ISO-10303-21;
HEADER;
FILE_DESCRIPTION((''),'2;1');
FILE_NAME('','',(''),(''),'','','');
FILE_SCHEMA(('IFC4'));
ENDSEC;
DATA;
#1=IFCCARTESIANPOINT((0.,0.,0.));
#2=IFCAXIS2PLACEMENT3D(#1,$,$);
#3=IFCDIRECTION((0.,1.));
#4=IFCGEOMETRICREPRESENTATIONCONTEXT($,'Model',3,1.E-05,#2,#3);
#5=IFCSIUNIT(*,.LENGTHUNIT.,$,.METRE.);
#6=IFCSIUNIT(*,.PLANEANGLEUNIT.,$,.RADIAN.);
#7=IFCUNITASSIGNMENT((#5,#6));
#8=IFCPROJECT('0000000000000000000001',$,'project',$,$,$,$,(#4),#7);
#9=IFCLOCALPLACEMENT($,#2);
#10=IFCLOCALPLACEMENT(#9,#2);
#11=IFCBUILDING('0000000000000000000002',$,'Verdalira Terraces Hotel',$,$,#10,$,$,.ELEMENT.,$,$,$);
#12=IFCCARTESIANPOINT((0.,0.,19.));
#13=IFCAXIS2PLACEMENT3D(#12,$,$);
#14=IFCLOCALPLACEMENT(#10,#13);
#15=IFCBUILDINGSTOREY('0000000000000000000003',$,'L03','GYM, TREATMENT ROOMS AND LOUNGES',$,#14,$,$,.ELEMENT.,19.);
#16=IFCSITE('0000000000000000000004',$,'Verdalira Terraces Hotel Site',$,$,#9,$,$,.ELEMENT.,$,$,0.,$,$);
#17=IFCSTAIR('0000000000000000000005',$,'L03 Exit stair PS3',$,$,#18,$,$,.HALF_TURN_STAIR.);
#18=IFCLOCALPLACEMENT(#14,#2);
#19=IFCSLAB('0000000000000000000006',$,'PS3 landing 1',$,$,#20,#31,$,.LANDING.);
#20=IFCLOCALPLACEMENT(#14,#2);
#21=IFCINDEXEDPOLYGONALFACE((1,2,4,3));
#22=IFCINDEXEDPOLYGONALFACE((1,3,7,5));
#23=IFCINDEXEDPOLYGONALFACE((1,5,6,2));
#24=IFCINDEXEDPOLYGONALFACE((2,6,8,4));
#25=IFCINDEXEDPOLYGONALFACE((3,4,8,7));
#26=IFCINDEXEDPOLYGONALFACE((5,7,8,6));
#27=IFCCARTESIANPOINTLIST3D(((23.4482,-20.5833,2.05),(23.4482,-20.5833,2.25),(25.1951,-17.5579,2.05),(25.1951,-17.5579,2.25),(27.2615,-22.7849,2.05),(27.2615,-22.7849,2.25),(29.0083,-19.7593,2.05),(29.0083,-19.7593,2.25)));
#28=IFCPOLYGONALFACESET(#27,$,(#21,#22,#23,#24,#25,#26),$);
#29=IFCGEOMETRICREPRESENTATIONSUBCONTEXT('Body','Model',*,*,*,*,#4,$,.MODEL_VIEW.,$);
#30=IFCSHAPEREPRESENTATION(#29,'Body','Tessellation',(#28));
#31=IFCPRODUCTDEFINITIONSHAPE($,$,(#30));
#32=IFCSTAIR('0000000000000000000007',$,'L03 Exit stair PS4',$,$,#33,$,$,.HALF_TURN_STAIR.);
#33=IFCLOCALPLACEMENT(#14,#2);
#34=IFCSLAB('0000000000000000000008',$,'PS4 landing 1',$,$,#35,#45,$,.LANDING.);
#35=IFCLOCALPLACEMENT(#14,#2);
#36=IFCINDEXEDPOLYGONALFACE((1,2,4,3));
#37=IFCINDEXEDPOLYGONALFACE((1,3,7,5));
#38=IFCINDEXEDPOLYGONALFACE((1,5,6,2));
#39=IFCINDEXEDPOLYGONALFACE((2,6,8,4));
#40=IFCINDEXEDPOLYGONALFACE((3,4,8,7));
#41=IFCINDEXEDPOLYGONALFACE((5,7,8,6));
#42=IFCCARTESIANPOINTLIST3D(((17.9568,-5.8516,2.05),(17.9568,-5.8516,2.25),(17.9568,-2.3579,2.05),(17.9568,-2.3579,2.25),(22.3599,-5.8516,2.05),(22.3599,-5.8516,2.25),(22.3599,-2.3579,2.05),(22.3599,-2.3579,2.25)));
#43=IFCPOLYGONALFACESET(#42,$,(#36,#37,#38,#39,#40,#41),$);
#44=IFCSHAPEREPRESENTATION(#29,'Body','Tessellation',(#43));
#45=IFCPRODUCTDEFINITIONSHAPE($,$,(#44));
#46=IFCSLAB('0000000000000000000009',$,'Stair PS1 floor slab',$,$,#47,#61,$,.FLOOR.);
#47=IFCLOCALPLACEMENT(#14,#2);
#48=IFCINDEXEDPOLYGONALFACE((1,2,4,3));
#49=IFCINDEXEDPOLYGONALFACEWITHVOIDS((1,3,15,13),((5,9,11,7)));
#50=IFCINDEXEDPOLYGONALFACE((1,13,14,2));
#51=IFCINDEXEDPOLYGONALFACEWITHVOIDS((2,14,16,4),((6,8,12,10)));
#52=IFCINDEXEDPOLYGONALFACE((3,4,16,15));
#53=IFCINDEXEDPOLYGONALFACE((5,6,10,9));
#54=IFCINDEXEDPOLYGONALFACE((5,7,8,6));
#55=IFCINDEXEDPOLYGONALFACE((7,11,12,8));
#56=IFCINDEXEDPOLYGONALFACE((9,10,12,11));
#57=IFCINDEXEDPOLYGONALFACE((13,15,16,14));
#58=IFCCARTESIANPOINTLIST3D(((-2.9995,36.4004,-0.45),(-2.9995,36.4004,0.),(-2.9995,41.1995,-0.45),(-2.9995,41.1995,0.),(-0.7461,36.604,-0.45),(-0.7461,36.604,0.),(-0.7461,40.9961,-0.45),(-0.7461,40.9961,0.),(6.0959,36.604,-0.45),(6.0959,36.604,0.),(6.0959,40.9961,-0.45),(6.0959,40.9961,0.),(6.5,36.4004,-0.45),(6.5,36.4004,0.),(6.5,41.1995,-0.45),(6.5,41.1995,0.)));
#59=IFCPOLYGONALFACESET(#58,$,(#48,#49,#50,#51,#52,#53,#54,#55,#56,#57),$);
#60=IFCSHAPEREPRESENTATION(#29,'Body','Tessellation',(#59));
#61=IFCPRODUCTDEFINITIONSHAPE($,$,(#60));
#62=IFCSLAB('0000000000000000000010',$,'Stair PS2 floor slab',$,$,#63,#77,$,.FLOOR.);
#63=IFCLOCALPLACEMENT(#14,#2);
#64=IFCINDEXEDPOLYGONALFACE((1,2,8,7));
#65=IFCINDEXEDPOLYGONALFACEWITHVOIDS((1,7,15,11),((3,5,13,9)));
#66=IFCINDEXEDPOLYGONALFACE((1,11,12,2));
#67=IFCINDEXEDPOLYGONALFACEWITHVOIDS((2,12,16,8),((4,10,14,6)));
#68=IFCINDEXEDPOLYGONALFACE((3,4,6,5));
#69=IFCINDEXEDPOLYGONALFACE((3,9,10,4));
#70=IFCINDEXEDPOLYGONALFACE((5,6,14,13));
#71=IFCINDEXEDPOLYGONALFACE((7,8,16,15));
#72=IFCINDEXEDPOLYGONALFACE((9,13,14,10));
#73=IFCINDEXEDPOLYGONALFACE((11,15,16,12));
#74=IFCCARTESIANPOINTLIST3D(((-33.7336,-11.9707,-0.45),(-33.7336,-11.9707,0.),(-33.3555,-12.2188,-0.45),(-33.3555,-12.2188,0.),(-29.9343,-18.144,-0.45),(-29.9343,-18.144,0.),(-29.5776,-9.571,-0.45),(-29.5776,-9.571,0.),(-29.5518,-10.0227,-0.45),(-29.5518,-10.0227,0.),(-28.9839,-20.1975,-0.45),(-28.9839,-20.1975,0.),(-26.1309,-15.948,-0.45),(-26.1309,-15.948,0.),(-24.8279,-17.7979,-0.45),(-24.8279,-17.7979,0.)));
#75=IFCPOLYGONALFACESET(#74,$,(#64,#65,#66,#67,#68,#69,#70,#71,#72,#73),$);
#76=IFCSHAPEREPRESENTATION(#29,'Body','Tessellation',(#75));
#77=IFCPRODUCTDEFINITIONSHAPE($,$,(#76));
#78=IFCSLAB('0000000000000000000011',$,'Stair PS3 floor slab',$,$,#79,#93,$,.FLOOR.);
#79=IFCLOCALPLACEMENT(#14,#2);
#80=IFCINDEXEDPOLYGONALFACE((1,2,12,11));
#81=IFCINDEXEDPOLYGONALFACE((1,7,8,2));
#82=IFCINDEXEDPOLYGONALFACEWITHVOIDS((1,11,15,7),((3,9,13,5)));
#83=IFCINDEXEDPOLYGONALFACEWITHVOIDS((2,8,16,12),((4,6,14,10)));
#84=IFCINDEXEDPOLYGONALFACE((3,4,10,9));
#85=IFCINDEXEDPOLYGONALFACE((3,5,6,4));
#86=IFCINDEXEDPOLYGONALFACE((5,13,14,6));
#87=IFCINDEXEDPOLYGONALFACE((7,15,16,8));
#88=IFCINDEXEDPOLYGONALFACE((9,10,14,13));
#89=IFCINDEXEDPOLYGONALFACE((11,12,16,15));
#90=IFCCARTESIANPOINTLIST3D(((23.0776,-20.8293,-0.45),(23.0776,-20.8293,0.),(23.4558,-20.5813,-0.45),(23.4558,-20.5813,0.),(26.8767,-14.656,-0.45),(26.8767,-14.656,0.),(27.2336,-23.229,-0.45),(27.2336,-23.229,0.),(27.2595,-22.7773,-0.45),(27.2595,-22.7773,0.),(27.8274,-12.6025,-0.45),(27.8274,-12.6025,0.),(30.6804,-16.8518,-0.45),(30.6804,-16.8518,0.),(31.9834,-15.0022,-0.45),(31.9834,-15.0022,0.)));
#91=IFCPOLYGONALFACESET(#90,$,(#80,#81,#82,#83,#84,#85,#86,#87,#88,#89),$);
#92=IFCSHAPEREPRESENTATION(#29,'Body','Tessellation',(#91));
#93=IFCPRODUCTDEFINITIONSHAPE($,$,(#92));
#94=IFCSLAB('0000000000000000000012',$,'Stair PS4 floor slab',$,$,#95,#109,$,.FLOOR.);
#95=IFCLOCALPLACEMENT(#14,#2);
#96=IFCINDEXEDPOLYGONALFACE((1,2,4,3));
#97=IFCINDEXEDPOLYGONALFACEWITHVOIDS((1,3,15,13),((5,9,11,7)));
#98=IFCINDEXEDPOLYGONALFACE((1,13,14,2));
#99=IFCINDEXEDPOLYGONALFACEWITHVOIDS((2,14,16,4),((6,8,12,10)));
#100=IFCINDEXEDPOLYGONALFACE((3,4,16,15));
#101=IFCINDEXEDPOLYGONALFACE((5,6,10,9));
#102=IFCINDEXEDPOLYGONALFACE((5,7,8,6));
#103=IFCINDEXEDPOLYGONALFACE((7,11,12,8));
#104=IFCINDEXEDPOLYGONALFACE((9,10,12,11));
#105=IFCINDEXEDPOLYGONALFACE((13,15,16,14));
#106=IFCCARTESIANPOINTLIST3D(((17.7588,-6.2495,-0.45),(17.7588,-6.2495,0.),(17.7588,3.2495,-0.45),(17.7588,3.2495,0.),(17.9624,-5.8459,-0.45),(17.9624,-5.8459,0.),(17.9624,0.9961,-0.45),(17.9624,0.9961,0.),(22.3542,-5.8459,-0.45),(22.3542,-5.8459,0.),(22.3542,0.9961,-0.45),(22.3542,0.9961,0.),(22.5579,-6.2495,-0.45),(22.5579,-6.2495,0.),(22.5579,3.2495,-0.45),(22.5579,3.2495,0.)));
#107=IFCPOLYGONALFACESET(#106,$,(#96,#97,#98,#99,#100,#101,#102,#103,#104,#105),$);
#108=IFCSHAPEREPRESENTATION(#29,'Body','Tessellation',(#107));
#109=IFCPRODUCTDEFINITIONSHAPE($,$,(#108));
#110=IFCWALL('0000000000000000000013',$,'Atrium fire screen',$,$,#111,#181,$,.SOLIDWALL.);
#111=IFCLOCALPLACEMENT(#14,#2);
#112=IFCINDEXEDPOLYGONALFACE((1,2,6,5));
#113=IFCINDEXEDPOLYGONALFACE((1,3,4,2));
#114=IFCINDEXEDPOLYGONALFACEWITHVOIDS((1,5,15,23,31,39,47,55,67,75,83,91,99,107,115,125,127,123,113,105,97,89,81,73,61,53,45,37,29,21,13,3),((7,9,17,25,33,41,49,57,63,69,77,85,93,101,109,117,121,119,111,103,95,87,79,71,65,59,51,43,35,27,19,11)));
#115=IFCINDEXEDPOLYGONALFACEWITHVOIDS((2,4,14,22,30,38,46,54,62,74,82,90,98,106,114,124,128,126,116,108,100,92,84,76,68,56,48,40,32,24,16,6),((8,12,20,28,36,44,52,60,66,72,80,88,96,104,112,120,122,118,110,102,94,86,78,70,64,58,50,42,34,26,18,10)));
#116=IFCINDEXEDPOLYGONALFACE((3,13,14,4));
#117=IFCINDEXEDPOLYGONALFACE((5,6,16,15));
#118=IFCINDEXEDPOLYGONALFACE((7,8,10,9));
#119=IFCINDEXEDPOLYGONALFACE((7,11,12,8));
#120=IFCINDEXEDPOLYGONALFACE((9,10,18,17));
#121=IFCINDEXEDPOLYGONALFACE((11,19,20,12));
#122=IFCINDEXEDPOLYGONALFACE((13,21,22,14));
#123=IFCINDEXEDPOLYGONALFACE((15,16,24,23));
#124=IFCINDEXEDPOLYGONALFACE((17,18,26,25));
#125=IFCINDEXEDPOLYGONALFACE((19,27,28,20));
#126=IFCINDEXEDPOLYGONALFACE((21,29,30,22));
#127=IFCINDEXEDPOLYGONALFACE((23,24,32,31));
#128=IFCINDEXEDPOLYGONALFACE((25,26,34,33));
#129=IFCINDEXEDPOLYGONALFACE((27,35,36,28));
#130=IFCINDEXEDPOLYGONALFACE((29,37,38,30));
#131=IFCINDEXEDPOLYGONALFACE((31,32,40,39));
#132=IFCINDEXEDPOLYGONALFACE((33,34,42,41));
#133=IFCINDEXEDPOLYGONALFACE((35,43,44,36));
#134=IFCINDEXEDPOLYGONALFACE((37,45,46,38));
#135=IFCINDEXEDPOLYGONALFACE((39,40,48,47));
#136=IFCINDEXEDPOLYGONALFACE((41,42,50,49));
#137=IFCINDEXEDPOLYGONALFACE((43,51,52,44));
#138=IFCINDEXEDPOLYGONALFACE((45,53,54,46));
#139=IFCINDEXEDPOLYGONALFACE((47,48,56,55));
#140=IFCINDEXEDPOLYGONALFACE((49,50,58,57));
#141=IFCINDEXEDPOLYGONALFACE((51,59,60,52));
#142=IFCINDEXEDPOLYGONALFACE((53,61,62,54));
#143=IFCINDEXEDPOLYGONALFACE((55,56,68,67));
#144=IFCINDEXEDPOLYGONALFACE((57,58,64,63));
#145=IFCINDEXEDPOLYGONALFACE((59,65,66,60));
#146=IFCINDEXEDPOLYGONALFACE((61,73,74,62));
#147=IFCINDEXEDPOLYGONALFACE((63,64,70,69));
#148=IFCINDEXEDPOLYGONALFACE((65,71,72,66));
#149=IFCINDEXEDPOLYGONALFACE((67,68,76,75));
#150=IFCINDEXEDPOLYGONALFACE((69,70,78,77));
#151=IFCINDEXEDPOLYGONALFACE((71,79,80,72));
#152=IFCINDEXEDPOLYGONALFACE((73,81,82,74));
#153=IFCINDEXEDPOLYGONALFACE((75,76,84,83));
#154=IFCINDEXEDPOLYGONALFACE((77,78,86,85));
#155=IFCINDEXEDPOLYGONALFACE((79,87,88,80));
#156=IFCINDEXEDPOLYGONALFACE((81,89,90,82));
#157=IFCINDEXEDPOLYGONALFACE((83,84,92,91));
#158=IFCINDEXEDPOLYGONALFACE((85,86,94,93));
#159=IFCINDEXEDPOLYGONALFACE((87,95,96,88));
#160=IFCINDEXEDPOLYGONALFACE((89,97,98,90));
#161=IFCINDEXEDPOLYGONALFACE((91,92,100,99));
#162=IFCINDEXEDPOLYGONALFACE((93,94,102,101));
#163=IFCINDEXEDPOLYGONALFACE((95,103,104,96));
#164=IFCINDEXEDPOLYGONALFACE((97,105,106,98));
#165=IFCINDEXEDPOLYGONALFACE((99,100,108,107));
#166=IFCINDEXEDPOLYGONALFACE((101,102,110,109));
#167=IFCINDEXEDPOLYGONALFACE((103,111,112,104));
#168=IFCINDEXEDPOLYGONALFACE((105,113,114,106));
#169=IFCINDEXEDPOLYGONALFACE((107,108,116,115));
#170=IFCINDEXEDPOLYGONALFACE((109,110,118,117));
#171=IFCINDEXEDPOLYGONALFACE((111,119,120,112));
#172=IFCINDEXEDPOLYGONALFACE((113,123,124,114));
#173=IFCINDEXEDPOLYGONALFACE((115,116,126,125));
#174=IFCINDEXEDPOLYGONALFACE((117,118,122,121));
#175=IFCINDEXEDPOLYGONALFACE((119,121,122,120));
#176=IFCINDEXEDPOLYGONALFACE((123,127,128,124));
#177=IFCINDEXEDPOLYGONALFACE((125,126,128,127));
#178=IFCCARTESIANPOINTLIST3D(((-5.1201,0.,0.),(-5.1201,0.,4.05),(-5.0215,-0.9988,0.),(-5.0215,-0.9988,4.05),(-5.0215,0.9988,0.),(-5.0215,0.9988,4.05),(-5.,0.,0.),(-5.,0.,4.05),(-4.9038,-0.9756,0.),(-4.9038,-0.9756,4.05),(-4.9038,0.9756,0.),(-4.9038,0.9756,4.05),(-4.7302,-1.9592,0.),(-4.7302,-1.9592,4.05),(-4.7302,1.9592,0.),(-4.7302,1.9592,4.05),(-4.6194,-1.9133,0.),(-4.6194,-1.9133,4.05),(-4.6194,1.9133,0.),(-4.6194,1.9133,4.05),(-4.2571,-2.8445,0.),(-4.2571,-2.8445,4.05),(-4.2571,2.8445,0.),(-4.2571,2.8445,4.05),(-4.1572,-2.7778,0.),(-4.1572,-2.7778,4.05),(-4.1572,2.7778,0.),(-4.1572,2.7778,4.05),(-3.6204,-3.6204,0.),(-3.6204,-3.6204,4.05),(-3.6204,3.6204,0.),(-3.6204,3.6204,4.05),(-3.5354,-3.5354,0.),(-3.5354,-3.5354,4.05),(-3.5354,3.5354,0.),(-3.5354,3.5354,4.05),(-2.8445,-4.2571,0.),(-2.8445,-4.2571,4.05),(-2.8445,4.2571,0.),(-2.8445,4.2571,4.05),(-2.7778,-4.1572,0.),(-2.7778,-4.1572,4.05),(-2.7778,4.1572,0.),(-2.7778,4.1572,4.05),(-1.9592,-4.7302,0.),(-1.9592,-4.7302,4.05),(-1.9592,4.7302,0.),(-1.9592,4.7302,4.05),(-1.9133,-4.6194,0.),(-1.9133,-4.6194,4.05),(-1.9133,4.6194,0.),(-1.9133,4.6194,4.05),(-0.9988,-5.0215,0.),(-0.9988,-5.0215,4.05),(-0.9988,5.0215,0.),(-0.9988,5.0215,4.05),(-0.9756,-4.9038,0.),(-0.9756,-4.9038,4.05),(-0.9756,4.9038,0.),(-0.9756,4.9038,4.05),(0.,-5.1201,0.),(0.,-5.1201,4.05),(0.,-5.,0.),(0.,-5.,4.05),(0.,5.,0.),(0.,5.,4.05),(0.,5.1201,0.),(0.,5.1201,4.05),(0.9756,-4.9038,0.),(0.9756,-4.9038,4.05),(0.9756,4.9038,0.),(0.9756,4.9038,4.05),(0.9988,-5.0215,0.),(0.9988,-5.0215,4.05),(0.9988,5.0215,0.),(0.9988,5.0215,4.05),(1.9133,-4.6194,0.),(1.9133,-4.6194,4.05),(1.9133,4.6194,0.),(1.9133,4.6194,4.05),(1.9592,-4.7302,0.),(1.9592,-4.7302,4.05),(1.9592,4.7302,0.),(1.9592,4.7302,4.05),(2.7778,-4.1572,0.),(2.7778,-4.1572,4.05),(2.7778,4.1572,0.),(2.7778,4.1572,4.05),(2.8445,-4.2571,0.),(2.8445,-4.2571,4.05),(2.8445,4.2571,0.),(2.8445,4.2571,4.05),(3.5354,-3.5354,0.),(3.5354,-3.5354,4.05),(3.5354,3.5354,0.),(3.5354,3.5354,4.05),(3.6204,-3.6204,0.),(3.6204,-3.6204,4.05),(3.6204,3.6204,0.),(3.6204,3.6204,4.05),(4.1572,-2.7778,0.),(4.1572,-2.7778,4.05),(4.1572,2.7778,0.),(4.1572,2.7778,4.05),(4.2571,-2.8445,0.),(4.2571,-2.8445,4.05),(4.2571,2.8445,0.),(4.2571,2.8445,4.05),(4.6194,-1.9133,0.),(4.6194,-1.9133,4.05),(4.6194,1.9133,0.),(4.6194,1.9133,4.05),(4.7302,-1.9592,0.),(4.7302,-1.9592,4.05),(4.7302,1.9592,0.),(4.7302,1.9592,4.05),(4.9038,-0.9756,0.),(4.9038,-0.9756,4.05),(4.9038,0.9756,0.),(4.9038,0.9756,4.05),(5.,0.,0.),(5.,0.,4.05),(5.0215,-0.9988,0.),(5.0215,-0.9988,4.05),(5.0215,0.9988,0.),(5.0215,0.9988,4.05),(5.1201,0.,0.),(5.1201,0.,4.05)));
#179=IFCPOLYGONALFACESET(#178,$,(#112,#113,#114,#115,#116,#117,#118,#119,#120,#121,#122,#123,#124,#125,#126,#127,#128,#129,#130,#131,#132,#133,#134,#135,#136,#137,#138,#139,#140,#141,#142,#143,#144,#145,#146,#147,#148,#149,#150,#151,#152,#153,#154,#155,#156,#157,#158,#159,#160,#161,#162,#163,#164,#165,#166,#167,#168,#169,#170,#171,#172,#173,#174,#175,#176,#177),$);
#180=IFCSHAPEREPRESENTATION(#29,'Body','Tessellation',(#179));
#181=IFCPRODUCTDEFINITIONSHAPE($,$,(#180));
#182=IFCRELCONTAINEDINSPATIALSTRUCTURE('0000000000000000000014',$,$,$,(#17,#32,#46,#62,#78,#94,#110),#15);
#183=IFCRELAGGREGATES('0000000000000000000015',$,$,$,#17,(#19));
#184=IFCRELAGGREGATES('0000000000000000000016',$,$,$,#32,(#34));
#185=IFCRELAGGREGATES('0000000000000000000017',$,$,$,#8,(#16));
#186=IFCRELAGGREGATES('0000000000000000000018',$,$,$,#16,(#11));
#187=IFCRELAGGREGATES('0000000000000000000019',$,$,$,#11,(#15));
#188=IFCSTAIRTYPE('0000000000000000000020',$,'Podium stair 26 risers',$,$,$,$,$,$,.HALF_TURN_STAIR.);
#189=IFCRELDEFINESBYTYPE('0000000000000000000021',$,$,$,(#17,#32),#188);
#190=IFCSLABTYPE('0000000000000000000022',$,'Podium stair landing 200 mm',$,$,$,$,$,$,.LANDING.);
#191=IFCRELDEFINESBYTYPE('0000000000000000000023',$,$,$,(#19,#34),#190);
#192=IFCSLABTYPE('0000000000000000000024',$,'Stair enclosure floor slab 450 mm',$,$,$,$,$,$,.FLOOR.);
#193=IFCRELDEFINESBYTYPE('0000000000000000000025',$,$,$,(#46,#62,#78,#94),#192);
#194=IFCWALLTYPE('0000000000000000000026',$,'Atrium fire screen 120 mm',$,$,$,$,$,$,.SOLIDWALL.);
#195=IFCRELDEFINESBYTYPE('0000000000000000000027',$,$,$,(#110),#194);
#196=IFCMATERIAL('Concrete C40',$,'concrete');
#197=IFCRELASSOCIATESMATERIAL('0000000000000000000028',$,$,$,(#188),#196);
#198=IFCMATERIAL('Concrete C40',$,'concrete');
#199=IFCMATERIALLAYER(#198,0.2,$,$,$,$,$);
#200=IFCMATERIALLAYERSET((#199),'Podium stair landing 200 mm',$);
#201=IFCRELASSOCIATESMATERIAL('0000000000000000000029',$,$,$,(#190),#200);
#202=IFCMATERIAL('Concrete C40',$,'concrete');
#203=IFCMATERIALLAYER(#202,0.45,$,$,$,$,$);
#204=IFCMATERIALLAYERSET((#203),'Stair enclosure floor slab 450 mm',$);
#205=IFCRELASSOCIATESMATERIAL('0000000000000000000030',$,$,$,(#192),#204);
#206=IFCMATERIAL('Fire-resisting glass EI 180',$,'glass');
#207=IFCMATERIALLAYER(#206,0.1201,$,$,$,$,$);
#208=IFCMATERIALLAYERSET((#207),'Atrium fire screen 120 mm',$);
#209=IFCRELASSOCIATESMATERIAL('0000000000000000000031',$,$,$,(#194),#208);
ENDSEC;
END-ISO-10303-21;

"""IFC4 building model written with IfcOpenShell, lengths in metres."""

from ifc_helpers import new_model, si_unit, direction, frame, origin, place, context, subcontext, project, spatial, polyline, outline, extrude, material, layer, layer_set, type_object, element, aggregate, save


model = new_model("IFC4")

# Units and contexts
model_context = context("Model", 3, precision=1e-05, world=origin(), true_north=direction((0.0, 1.0)))
body_context = subcontext(model_context, "Body", "Model", "MODEL_VIEW")
ifc_project = project(units=[si_unit("LENGTHUNIT", "METRE"), si_unit("PLANEANGLEUNIT", "RADIAN")], contexts=[model_context])

# Site, building, storey
site_placement = place(None, origin())
site = spatial("IfcSite", under=ifc_project, at=site_placement, Name="Verdalira Terraces Hotel Site", CompositionType="ELEMENT", RefElevation=0.0)
building_placement = place(site_placement, origin())
building = spatial("IfcBuilding", under=site, at=building_placement, Name="Verdalira Terraces Hotel", CompositionType="ELEMENT")
storey_placement = place(building_placement, frame((0.0, 0.0, 19.0)))
storey = spatial("IfcBuildingStorey", under=building, at=storey_placement, Name="L03", Description="GYM, TREATMENT ROOMS AND LOUNGES", CompositionType="ELEMENT", Elevation=19.0)

# Stairs, slabs
ifc_material_1 = material(Name="Concrete C40", Category="concrete")
stair_type_1 = type_object("IfcStairType", Name="Podium stair 26 risers", PredefinedType="HALF_TURN_STAIR", material=ifc_material_1)
ifc_material_2 = material(Name="Concrete C40", Category="concrete")
ifc_layer_1 = layer(ifc_material_2, 0.2)
ifc_layer_set_1 = layer_set([ifc_layer_1], Name="Podium stair landing 200 mm")
slab_type_1 = type_object("IfcSlabType", Name="Podium stair landing 200 mm", PredefinedType="LANDING", material=ifc_layer_set_1)
stair_1_placement = place(storey_placement, origin())
stair_1 = element("IfcStair", 1, at=stair_1_placement, inside=storey, type_object=stair_type_1, Name="L03 Exit stair PS3", PredefinedType="HALF_TURN_STAIR")
slab_1_placement = place(storey_placement, frame((0.0, 0.0, 2.05)))
slab_1 = element("IfcSlab", 2, at=slab_1_placement, type_object=slab_type_1, Name="PS3 landing 1", PredefinedType="LANDING", context=body_context, shape_type="SweptSolid", body=[
    extrude(outline(polyline([(27.2615, -22.7849), (29.0083, -19.7593), (25.1951, -17.5579), (23.4482, -20.5833), (27.2615, -22.7849)])), origin(), (0.0, 0.0, 1.0), 0.2),
])
aggregate(stair_1, [slab_1])
stair_2_placement = place(storey_placement, origin())
stair_2 = element("IfcStair", 3, at=stair_2_placement, inside=storey, type_object=stair_type_1, Name="L03 Exit stair PS4", PredefinedType="HALF_TURN_STAIR")
slab_2_placement = place(storey_placement, frame((0.0, 0.0, 2.05)))
slab_2 = element("IfcSlab", 4, at=slab_2_placement, type_object=slab_type_1, Name="PS4 landing 1", PredefinedType="LANDING", context=body_context, shape_type="SweptSolid", body=[
    extrude(outline(polyline([(22.3599, -5.8516), (22.3599, -2.3579), (17.9568, -2.3579), (17.9568, -5.8516), (22.3599, -5.8516)])), origin(), (0.0, 0.0, 1.0), 0.2),
])
aggregate(stair_2, [slab_2])

# Slabs
ifc_material_3 = material(Name="Concrete C40", Category="concrete")
ifc_layer_2 = layer(ifc_material_3, 0.45)
ifc_layer_set_2 = layer_set([ifc_layer_2], Name="Stair enclosure floor slab 450 mm")
slab_type_2 = type_object("IfcSlabType", Name="Stair enclosure floor slab 450 mm", PredefinedType="FLOOR", material=ifc_layer_set_2)
slab_3_placement = place(storey_placement, frame((0.0, 0.0, -0.45)))
element("IfcSlab", 5, at=slab_3_placement, inside=storey, type_object=slab_type_2, Name="Stair PS1 floor slab", PredefinedType="FLOOR", context=body_context, shape_type="SweptSolid", body=[
    extrude(outline(polyline([(-2.9995, 36.4004), (-2.9995, 41.1995), (6.5, 41.1995), (6.5, 36.4004), (-2.9995, 36.4004)]), holes=[polyline([(-0.7461, 40.9961), (-0.7461, 36.604), (6.0959, 36.604), (6.0959, 40.9961), (-0.7461, 40.9961)])]), origin(), (0.0, 0.0, 1.0), 0.45),
])
slab_4_placement = place(storey_placement, frame((0.0, 0.0, -0.45)))
element("IfcSlab", 6, at=slab_4_placement, inside=storey, type_object=slab_type_2, Name="Stair PS2 floor slab", PredefinedType="FLOOR", context=body_context, shape_type="SweptSolid", body=[
    extrude(outline(polyline([(-24.8279, -17.7979), (-28.9839, -20.1975), (-33.7336, -11.9707), (-29.5776, -9.571), (-24.8279, -17.7979)]), holes=[polyline([(-29.9343, -18.144), (-26.1309, -15.948), (-29.5518, -10.0227), (-33.3555, -12.2188), (-29.9343, -18.144)])]), origin(), (0.0, 0.0, 1.0), 0.45),
])
slab_5_placement = place(storey_placement, frame((0.0, 0.0, -0.45)))
element("IfcSlab", 7, at=slab_5_placement, inside=storey, type_object=slab_type_2, Name="Stair PS3 floor slab", PredefinedType="FLOOR", context=body_context, shape_type="SweptSolid", body=[
    extrude(outline(polyline([(27.8274, -12.6025), (31.9834, -15.0022), (27.2336, -23.229), (23.0776, -20.8293), (27.8274, -12.6025)]), holes=[polyline([(30.6804, -16.8518), (26.8767, -14.656), (23.4558, -20.5813), (27.2595, -22.7773), (30.6804, -16.8518)])]), origin(), (0.0, 0.0, 1.0), 0.45),
])
slab_6_placement = place(storey_placement, frame((0.0, 0.0, -0.45)))
element("IfcSlab", 8, at=slab_6_placement, inside=storey, type_object=slab_type_2, Name="Stair PS4 floor slab", PredefinedType="FLOOR", context=body_context, shape_type="SweptSolid", body=[
    extrude(outline(polyline([(17.7588, 3.2495), (22.5579, 3.2495), (22.5579, -6.2495), (17.7588, -6.2495), (17.7588, 3.2495)]), holes=[polyline([(22.3542, 0.9961), (17.9624, 0.9961), (17.9624, -5.8459), (22.3542, -5.8459), (22.3542, 0.9961)])]), origin(), (0.0, 0.0, 1.0), 0.45),
])

# Wall
ifc_material_4 = material(Name="Fire-resisting glass EI 180", Category="glass")
ifc_layer_3 = layer(ifc_material_4, 0.1201)
ifc_layer_set_3 = layer_set([ifc_layer_3], Name="Atrium fire screen 120 mm")
wall_type_1 = type_object("IfcWallType", Name="Atrium fire screen 120 mm", PredefinedType="SOLIDWALL", material=ifc_layer_set_3)
wall_1_placement = place(storey_placement, origin())
element("IfcWall", 9, at=wall_1_placement, inside=storey, type_object=wall_type_1, Name="Atrium fire screen", PredefinedType="SOLIDWALL", context=body_context, shape_type="SweptSolid", body=[
    extrude(outline(polyline([(5.0215, -0.9988), (4.7302, -1.9592), (4.2571, -2.8445), (3.6204, -3.6204), (2.8445, -4.2571), (1.9592, -4.7302), (0.9988, -5.0215), (0.0, -5.1201), (-0.9988, -5.0215), (-1.9592, -4.7302), (-2.8445, -4.2571), (-3.6204, -3.6204), (-4.2571, -2.8445), (-4.7302, -1.9592), (-5.0215, -0.9988), (-5.1201, 0.0), (-5.0215, 0.9988), (-4.7302, 1.9592), (-4.2571, 2.8445), (-3.6204, 3.6204), (-2.8445, 4.2571), (-1.9592, 4.7302), (-0.9988, 5.0215), (0.0, 5.1201), (0.9988, 5.0215), (1.9592, 4.7302), (2.8445, 4.2571), (3.6204, 3.6204), (4.2571, 2.8445), (4.7302, 1.9592), (5.0215, 0.9988), (5.1201, 0.0), (5.0215, -0.9988)]), holes=[polyline([(4.9038, 0.9756), (4.6194, 1.9133), (4.1572, 2.7778), (3.5354, 3.5354), (2.7778, 4.1572), (1.9133, 4.6194), (0.9756, 4.9038), (0.0, 5.0), (-0.9756, 4.9038), (-1.9133, 4.6194), (-2.7778, 4.1572), (-3.5354, 3.5354), (-4.1572, 2.7778), (-4.6194, 1.9133), (-4.9038, 0.9756), (-5.0, 0.0), (-4.9038, -0.9756), (-4.6194, -1.9133), (-4.1572, -2.7778), (-3.5354, -3.5354), (-2.7778, -4.1572), (-1.9133, -4.6194), (-0.9756, -4.9038), (0.0, -5.0), (0.9756, -4.9038), (1.9133, -4.6194), (2.7778, -4.1572), (3.5354, -3.5354), (4.1572, -2.7778), (4.6194, -1.9133), (4.9038, -0.9756), (5.0, 0.0), (4.9038, 0.9756)])]), origin(), (0.0, 0.0, 1.0), 4.05),
])

save(model, "model.ifc")
